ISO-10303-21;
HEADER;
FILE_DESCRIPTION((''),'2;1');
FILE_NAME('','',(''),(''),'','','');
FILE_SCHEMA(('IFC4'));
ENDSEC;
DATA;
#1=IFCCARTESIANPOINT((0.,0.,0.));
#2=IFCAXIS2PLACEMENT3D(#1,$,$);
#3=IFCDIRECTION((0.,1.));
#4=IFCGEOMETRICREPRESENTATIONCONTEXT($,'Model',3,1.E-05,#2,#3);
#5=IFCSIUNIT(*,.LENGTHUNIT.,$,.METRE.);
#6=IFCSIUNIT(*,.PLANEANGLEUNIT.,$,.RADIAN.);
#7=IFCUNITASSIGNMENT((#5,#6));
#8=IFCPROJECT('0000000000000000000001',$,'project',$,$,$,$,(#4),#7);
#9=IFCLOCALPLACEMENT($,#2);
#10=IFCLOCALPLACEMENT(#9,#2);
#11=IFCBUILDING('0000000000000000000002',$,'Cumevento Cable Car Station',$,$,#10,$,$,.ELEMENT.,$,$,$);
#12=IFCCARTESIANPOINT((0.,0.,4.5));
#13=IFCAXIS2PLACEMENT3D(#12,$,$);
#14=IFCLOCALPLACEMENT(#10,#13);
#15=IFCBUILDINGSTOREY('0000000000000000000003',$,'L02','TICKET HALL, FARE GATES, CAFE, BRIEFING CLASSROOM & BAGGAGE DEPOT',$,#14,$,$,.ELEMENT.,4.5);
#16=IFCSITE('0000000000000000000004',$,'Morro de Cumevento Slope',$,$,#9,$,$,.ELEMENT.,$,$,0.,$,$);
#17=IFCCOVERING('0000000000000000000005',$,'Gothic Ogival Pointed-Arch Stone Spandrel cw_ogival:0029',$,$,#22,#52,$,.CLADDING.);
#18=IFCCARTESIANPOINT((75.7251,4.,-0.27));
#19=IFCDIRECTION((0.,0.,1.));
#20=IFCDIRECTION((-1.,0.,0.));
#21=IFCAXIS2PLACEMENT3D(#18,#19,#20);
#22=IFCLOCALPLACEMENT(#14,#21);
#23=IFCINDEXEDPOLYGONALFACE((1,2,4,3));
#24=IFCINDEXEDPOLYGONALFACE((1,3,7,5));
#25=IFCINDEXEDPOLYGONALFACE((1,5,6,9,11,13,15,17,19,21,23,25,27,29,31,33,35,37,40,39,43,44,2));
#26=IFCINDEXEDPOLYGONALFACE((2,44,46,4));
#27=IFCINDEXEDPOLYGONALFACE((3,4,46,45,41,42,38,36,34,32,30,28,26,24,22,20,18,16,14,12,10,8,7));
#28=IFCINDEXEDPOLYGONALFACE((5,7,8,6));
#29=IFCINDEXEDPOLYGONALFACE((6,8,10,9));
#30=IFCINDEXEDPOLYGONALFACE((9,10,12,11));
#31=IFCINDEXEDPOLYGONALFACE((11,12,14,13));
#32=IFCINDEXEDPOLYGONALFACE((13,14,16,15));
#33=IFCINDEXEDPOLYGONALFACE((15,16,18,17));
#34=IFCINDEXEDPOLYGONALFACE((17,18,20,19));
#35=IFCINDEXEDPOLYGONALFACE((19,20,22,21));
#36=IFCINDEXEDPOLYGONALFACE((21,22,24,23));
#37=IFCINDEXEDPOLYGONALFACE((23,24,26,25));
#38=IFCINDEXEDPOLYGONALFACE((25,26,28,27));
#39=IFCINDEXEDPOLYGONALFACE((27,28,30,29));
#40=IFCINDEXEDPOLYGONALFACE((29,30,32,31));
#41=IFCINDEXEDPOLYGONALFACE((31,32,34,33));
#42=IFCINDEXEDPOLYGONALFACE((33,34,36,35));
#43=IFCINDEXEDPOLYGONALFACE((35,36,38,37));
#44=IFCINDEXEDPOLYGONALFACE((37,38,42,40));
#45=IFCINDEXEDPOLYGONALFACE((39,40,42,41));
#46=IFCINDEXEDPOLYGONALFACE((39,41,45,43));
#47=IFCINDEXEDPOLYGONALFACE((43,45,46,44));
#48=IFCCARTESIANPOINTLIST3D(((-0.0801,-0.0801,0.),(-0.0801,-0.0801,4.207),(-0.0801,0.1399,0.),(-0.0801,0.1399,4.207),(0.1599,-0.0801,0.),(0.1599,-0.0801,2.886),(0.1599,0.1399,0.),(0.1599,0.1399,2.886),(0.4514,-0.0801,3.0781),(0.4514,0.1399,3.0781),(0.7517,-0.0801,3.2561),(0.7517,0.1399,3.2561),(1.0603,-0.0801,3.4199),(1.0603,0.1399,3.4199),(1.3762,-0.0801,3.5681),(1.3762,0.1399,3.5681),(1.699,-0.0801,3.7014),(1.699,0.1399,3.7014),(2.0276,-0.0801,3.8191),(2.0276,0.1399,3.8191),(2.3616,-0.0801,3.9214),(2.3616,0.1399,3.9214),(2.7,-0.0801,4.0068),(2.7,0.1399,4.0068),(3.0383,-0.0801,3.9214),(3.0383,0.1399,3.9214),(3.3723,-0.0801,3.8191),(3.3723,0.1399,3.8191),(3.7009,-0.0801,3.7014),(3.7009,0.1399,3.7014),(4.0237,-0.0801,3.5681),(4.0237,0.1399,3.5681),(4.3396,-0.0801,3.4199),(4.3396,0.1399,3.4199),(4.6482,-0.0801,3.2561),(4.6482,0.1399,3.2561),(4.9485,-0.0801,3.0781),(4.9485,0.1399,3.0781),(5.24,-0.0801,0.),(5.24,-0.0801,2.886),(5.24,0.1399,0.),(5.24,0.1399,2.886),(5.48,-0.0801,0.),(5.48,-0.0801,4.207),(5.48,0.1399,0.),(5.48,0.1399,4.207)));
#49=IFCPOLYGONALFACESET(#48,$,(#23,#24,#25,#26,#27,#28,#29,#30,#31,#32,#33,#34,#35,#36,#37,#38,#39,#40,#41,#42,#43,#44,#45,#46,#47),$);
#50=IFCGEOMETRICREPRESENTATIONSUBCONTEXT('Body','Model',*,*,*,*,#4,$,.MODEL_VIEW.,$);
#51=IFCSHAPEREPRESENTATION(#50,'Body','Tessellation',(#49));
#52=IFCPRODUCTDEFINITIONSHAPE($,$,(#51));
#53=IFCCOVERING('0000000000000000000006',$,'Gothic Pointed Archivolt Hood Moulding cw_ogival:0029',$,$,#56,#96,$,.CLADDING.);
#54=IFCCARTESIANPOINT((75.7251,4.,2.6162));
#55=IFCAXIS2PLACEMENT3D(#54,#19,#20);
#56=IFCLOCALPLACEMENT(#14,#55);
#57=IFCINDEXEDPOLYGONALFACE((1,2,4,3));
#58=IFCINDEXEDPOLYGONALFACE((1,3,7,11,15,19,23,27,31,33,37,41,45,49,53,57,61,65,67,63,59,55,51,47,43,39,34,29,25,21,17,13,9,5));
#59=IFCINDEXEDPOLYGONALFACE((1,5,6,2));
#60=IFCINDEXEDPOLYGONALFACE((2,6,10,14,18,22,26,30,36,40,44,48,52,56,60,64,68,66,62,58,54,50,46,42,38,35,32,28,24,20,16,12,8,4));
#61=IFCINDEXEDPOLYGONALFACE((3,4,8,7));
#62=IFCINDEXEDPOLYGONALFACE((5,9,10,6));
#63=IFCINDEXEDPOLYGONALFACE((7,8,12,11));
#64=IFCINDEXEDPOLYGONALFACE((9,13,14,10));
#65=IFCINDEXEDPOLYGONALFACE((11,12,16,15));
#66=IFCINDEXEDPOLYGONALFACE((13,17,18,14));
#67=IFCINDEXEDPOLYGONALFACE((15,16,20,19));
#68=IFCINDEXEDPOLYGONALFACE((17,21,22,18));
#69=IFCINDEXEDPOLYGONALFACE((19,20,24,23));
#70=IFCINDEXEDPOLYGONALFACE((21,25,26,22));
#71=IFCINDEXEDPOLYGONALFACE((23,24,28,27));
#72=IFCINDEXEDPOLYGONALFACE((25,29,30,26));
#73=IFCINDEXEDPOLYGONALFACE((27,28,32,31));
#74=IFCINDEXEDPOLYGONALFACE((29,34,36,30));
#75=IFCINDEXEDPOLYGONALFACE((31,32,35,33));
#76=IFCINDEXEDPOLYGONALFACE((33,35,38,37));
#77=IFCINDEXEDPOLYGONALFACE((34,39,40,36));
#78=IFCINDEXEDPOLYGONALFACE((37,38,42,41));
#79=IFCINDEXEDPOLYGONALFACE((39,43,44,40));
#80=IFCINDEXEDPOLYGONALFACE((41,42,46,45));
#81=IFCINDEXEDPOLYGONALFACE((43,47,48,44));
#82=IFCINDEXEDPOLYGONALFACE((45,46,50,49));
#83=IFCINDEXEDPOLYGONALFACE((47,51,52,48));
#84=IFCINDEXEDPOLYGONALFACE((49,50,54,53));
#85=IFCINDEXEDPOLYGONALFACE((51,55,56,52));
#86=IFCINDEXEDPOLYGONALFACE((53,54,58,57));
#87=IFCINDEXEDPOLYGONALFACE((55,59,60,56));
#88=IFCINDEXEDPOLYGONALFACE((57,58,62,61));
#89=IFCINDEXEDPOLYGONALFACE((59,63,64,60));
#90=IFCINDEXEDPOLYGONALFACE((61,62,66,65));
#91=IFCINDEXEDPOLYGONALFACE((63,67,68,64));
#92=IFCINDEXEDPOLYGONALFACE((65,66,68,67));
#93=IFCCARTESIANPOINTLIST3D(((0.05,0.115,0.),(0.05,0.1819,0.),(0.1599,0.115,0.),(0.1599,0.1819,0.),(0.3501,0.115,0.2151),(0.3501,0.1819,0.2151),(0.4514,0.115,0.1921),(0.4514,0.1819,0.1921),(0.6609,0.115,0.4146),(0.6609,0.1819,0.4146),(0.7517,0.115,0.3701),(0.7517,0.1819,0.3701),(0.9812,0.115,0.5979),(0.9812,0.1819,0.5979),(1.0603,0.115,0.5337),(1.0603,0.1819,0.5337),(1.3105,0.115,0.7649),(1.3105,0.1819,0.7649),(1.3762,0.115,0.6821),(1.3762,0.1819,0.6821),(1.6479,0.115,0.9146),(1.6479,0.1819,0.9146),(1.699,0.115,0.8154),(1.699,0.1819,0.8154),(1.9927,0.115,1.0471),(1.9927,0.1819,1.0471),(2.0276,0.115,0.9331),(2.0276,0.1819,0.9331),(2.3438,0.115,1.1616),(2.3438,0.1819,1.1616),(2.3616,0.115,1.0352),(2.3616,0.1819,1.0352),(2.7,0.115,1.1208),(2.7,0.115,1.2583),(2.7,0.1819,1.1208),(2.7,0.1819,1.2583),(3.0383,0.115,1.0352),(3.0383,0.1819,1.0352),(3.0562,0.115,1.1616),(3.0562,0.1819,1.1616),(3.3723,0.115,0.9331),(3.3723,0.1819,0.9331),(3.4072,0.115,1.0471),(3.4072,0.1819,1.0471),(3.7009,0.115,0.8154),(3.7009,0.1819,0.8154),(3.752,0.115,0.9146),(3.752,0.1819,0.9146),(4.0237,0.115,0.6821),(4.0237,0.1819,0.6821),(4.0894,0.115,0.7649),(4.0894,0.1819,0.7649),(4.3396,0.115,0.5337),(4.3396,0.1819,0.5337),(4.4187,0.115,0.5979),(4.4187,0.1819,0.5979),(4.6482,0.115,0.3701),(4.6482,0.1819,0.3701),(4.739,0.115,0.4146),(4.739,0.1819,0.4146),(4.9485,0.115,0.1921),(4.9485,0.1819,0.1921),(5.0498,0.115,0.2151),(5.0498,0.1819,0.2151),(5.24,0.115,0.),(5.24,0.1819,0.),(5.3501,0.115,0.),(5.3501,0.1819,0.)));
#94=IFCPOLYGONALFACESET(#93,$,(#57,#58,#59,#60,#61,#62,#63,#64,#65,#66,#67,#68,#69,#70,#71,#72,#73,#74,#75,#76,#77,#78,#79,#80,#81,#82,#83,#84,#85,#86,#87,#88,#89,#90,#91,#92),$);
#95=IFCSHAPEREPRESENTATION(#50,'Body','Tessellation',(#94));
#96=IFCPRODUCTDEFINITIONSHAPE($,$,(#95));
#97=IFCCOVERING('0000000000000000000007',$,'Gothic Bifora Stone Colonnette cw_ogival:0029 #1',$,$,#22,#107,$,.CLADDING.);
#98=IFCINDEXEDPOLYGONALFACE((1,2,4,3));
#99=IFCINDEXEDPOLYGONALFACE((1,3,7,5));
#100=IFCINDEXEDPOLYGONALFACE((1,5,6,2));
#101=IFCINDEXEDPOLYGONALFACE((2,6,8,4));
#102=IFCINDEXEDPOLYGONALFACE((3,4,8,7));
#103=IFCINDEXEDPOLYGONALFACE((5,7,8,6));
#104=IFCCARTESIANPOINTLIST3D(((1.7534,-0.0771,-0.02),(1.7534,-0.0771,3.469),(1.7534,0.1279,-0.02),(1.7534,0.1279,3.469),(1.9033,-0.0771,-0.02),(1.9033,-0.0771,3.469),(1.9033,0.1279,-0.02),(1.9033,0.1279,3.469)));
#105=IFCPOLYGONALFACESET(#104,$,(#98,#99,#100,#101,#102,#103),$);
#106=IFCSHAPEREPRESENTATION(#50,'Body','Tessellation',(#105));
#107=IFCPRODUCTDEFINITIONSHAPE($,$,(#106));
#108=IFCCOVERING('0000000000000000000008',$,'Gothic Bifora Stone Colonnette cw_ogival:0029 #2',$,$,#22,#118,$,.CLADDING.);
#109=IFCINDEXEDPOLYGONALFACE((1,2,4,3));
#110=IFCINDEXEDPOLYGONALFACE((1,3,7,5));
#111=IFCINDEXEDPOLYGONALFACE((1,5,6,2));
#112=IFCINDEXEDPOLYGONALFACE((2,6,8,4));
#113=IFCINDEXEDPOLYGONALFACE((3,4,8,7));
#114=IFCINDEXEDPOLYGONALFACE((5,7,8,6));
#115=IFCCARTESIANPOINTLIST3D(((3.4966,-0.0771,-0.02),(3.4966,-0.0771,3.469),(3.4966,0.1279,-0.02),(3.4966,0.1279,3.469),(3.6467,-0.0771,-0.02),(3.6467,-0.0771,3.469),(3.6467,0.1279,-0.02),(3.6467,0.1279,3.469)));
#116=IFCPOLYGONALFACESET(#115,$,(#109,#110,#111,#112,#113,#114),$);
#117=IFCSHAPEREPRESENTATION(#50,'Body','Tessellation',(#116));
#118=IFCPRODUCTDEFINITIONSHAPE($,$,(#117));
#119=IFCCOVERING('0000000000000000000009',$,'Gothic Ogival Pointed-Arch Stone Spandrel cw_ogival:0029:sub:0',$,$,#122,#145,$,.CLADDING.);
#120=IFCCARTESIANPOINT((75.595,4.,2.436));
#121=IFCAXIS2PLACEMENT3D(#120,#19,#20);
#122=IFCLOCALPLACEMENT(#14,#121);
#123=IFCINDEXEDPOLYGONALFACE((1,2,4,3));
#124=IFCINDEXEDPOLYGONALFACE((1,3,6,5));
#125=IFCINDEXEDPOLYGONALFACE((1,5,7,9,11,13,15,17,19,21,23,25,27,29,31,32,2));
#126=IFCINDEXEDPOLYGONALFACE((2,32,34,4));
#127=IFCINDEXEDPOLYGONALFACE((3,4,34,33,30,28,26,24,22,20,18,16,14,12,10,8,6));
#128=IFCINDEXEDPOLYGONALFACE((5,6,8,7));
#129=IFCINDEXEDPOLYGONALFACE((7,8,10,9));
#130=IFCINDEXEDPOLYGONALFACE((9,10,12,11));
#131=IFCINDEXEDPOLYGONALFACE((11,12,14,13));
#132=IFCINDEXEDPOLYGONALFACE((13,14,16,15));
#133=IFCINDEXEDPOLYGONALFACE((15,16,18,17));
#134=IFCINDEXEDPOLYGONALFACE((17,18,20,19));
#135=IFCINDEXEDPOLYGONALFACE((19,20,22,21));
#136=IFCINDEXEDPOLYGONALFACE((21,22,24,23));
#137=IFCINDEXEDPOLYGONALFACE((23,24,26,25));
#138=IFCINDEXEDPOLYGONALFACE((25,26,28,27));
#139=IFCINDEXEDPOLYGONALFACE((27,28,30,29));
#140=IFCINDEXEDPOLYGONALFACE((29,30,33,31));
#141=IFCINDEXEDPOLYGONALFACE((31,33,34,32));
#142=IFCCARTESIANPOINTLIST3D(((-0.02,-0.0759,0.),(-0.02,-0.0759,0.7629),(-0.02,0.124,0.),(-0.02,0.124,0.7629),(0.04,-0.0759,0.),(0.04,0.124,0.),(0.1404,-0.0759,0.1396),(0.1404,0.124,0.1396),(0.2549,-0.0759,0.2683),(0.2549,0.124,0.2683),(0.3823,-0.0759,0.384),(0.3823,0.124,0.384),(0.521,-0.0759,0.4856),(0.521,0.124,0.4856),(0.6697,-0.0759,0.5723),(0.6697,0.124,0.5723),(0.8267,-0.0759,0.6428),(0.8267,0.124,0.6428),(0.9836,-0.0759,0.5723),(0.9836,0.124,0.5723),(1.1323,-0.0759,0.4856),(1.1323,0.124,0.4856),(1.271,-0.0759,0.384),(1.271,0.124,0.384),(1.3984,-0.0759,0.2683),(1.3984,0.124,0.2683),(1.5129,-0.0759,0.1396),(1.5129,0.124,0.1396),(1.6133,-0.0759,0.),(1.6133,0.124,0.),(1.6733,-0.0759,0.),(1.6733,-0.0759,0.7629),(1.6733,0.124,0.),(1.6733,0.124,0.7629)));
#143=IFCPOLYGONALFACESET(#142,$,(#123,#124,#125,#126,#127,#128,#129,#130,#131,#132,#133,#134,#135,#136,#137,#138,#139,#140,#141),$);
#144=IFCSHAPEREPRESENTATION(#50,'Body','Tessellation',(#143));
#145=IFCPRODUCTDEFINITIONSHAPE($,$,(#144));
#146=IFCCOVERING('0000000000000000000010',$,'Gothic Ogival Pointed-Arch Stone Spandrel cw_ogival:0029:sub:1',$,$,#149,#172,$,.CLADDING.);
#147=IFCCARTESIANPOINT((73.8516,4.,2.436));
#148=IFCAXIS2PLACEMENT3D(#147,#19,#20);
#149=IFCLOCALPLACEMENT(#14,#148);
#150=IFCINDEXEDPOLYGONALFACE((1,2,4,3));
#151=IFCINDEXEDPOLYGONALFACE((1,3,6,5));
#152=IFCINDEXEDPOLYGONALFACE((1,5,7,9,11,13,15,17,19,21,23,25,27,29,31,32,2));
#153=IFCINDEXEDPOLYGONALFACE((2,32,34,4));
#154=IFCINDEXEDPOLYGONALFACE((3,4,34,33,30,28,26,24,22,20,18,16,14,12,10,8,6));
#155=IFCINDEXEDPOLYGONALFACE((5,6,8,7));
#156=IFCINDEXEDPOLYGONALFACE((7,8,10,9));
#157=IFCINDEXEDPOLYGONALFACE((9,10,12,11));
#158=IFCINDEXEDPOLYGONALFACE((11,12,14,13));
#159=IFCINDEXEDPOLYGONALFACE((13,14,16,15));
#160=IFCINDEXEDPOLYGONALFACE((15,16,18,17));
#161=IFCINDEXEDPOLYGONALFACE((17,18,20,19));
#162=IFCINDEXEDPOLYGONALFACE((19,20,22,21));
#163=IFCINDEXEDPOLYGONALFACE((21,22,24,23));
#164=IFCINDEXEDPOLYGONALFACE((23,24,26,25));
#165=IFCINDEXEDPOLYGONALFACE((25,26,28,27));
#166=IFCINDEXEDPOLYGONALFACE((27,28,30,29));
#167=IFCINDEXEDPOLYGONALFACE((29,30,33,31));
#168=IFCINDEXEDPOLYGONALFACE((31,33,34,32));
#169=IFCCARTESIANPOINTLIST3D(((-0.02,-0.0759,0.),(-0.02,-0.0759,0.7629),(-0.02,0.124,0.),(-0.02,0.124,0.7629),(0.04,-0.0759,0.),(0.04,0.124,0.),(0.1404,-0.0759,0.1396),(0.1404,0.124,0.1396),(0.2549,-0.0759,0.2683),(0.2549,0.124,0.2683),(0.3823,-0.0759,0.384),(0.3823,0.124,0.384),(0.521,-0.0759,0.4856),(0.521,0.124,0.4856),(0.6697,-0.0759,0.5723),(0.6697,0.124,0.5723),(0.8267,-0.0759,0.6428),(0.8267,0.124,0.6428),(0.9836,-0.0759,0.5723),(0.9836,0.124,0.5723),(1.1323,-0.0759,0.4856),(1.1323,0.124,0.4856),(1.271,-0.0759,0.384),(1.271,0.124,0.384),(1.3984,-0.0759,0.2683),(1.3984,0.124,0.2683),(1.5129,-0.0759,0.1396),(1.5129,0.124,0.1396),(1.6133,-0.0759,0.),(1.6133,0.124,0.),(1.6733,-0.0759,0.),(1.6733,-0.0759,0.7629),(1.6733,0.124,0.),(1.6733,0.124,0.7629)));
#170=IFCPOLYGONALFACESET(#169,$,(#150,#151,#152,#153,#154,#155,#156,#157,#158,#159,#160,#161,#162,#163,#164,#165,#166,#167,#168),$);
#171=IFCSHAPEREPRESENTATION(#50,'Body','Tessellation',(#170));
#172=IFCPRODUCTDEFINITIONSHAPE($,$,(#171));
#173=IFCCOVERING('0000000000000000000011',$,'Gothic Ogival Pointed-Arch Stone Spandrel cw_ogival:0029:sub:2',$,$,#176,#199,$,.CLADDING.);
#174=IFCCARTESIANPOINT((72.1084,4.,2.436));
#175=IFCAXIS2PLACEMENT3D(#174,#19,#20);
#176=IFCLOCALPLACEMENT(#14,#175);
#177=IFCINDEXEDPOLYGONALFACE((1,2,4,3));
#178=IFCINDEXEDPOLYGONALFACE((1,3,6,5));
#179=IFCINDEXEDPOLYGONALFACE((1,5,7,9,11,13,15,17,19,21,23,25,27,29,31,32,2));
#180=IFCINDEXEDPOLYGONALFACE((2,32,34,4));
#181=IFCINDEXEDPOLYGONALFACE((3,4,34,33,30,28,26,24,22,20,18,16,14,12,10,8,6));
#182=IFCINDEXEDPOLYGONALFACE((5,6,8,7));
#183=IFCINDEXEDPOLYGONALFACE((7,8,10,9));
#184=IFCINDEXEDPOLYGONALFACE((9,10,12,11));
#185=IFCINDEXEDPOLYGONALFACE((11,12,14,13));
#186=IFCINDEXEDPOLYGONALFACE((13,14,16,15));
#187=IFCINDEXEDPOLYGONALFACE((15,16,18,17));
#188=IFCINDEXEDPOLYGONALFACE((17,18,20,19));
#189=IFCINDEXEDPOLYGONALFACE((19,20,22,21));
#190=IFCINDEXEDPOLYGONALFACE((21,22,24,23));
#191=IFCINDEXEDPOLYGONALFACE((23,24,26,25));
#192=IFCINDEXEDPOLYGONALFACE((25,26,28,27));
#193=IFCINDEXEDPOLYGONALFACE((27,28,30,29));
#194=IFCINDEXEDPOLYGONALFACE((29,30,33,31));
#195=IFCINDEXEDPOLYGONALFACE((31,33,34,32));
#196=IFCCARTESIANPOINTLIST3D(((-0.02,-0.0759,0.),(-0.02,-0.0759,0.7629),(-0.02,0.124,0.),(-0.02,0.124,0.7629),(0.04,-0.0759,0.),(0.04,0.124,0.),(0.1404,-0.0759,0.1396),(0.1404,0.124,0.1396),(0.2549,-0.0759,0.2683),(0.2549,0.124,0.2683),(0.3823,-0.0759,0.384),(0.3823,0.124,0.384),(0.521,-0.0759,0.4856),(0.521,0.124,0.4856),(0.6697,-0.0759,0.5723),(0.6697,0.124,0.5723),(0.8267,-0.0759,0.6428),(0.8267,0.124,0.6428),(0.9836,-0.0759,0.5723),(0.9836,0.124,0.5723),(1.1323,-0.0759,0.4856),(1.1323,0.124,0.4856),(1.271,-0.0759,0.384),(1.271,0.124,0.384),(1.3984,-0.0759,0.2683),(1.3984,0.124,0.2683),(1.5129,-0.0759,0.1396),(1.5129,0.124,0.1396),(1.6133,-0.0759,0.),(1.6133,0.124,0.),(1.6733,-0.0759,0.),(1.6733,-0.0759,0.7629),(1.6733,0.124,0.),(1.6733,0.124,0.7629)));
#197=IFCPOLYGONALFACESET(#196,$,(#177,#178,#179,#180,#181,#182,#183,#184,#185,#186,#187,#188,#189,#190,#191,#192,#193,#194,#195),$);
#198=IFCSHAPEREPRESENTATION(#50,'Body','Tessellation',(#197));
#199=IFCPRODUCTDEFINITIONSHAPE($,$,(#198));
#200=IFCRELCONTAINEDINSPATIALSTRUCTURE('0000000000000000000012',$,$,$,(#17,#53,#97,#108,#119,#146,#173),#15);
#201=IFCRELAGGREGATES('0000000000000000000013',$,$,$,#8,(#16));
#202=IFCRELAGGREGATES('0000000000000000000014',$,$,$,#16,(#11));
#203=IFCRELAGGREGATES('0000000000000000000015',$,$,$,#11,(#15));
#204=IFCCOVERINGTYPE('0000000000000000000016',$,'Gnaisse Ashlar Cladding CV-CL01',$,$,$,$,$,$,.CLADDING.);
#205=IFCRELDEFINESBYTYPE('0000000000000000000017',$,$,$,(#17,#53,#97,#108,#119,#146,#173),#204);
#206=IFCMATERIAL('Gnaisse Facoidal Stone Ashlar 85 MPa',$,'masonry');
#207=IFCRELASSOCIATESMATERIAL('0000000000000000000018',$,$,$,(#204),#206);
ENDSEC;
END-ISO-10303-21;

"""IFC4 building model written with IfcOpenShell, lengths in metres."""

from ifc_helpers import new_model, si_unit, direction, frame, origin, place, context, subcontext, project, spatial, polyline, outline, extrude, material, type_object, element, save


model = new_model("IFC4")

# Units and contexts
model_context = context("Model", 3, precision=1e-05, world=origin(), true_north=direction((0.0, 1.0)))
body_context = subcontext(model_context, "Body", "Model", "MODEL_VIEW")
ifc_project = project(units=[si_unit("LENGTHUNIT", "METRE"), si_unit("PLANEANGLEUNIT", "RADIAN")], contexts=[model_context])

# Site, building, storey
site_placement = place(None, origin())
site = spatial("IfcSite", under=ifc_project, at=site_placement, Name="Morro de Cumevento Slope", CompositionType="ELEMENT", RefElevation=0.0)
building_placement = place(site_placement, origin())
building = spatial("IfcBuilding", under=site, at=building_placement, Name="Cumevento Cable Car Station", CompositionType="ELEMENT")
storey_placement = place(building_placement, frame((0.0, 0.0, 4.5)))
storey = spatial("IfcBuildingStorey", under=building, at=storey_placement, Name="L02", Description="TICKET HALL, FARE GATES, CAFE, BRIEFING CLASSROOM & BAGGAGE DEPOT", CompositionType="ELEMENT", Elevation=4.5)

# Coverings
ifc_material_1 = material(Name="Gnaisse Facoidal Stone Ashlar 85 MPa", Category="masonry")
covering_type = type_object("IfcCoveringType", Name="Gnaisse Ashlar Cladding CV-CL01", PredefinedType="CLADDING", material=ifc_material_1)
placement = place(storey_placement, frame((75.7251, 4.0, -0.27), z_axis=(0.0, 0.0, 1.0), x_axis=(-1.0, 0.0, 0.0)))
element("IfcCovering", 1, at=placement, inside=storey, type_object=covering_type, Name="Gothic Ogival Pointed-Arch Stone Spandrel cw_ogival:0029", PredefinedType="CLADDING", context=body_context, shape_type="SweptSolid", body=[
    extrude(outline(polyline([(-0.0801, 0.0), (-0.0801, 4.207), (5.48, 4.207), (5.48, 0.0), (5.24, 0.0), (5.24, 2.886), (4.9485, 3.0781), (4.6482, 3.2561), (4.3396, 3.4199), (4.0237, 3.5681), (3.7009, 3.7014), (3.3723, 3.8191), (3.0383, 3.9214), (2.7, 4.0068), (2.3616, 3.9214), (2.0276, 3.8191), (1.699, 3.7014), (1.3762, 3.5681), (1.0603, 3.4199), (0.7517, 3.2561), (0.4514, 3.0781), (0.1599, 2.886), (0.1599, 0.0), (-0.0801, 0.0)])), frame((0.0, 0.1399, 0.0), z_axis=(0.0, -1.0, 0.0), x_axis=(1.0, 0.0, 0.0)), (0.0, 0.0, 1.0), 0.22),
])
covering_1_placement = place(storey_placement, frame((75.7251, 4.0, 2.6162), z_axis=(0.0, 0.0, 1.0), x_axis=(-1.0, 0.0, 0.0)))
element("IfcCovering", 2, at=covering_1_placement, inside=storey, type_object=covering_type, Name="Gothic Pointed Archivolt Hood Moulding cw_ogival:0029", PredefinedType="CLADDING", context=body_context, shape_type="SweptSolid", body=[
    extrude(outline(polyline([(0.1599, 0.0), (0.4514, 0.1921), (0.7517, 0.3701), (1.0603, 0.5337), (1.3762, 0.6821), (1.699, 0.8154), (2.0276, 0.9331), (2.3616, 1.0352), (2.7, 1.1208), (3.0383, 1.0352), (3.3723, 0.9331), (3.7009, 0.8154), (4.0237, 0.6821), (4.3396, 0.5337), (4.6482, 0.3701), (4.9485, 0.1921), (5.24, 0.0), (5.3501, 0.0), (5.0498, 0.2151), (4.739, 0.4146), (4.4187, 0.5979), (4.0894, 0.7649), (3.752, 0.9146), (3.4072, 1.0471), (3.0562, 1.1616), (2.7, 1.2583), (2.3438, 1.1616), (1.9927, 1.0471), (1.6479, 0.9146), (1.3105, 0.7649), (0.9812, 0.5979), (0.6609, 0.4146), (0.3501, 0.2151), (0.05, 0.0), (0.1599, 0.0)])), frame((0.0, 0.1819, 0.0), z_axis=(0.0, -1.0, 0.0), x_axis=(1.0, 0.0, 0.0)), (0.0, 0.0, 1.0), 0.0669),
])
element("IfcCovering", 3, at=placement, inside=storey, type_object=covering_type, Name="Gothic Bifora Stone Colonnette cw_ogival:0029 #1", PredefinedType="CLADDING", context=body_context, shape_type="SweptSolid", body=[
    extrude(outline(polyline([(1.7534, -0.02), (1.9033, -0.02), (1.9033, 3.469), (1.7534, 3.469), (1.7534, -0.02)])), frame((0.0, 0.1279, 0.0), z_axis=(0.0, -1.0, 0.0), x_axis=(1.0, 0.0, 0.0)), (0.0, 0.0, 1.0), 0.2051),
])
element("IfcCovering", 4, at=placement, inside=storey, type_object=covering_type, Name="Gothic Bifora Stone Colonnette cw_ogival:0029 #2", PredefinedType="CLADDING", context=body_context, shape_type="SweptSolid", body=[
    extrude(outline(polyline([(3.4966, -0.02), (3.6467, -0.02), (3.6467, 3.469), (3.4966, 3.469), (3.4966, -0.02)])), frame((0.0, 0.1279, 0.0), z_axis=(0.0, -1.0, 0.0), x_axis=(1.0, 0.0, 0.0)), (0.0, 0.0, 1.0), 0.2051),
])
for number, where, z_axis, x_axis, name in (
    (5, (75.595, 4.0, 2.436), (0.0, 0.0, 1.0), (-1.0, 0.0, 0.0), "Gothic Ogival Pointed-Arch Stone Spandrel cw_ogival:0029:sub:0"),
    (6, (73.8516, 4.0, 2.436), (0.0, 0.0, 1.0), (-1.0, 0.0, 0.0), "Gothic Ogival Pointed-Arch Stone Spandrel cw_ogival:0029:sub:1"),
    (7, (72.1084, 4.0, 2.436), (0.0, 0.0, 1.0), (-1.0, 0.0, 0.0), "Gothic Ogival Pointed-Arch Stone Spandrel cw_ogival:0029:sub:2"),
):
    element("IfcCovering", number, at=place(storey_placement, frame(where, z_axis=z_axis, x_axis=x_axis)), inside=storey, type_object=covering_type, Name=name, PredefinedType="CLADDING", context=body_context, shape_type="SweptSolid", body=[
        extrude(outline(polyline([(-0.02, 0.0), (-0.02, 0.7629), (1.6733, 0.7629), (1.6733, 0.0), (1.6133, 0.0), (1.5129, 0.1396), (1.3984, 0.2683), (1.271, 0.384), (1.1323, 0.4856), (0.9836, 0.5723), (0.8267, 0.6428), (0.6697, 0.5723), (0.521, 0.4856), (0.3823, 0.384), (0.2549, 0.2683), (0.1404, 0.1396), (0.04, 0.0), (-0.02, 0.0)])), frame((0.0, 0.124, 0.0), z_axis=(0.0, -1.0, 0.0), x_axis=(1.0, 0.0, 0.0)), (0.0, 0.0, 1.0), 0.2),
    ])

save(model, "model.ifc")
